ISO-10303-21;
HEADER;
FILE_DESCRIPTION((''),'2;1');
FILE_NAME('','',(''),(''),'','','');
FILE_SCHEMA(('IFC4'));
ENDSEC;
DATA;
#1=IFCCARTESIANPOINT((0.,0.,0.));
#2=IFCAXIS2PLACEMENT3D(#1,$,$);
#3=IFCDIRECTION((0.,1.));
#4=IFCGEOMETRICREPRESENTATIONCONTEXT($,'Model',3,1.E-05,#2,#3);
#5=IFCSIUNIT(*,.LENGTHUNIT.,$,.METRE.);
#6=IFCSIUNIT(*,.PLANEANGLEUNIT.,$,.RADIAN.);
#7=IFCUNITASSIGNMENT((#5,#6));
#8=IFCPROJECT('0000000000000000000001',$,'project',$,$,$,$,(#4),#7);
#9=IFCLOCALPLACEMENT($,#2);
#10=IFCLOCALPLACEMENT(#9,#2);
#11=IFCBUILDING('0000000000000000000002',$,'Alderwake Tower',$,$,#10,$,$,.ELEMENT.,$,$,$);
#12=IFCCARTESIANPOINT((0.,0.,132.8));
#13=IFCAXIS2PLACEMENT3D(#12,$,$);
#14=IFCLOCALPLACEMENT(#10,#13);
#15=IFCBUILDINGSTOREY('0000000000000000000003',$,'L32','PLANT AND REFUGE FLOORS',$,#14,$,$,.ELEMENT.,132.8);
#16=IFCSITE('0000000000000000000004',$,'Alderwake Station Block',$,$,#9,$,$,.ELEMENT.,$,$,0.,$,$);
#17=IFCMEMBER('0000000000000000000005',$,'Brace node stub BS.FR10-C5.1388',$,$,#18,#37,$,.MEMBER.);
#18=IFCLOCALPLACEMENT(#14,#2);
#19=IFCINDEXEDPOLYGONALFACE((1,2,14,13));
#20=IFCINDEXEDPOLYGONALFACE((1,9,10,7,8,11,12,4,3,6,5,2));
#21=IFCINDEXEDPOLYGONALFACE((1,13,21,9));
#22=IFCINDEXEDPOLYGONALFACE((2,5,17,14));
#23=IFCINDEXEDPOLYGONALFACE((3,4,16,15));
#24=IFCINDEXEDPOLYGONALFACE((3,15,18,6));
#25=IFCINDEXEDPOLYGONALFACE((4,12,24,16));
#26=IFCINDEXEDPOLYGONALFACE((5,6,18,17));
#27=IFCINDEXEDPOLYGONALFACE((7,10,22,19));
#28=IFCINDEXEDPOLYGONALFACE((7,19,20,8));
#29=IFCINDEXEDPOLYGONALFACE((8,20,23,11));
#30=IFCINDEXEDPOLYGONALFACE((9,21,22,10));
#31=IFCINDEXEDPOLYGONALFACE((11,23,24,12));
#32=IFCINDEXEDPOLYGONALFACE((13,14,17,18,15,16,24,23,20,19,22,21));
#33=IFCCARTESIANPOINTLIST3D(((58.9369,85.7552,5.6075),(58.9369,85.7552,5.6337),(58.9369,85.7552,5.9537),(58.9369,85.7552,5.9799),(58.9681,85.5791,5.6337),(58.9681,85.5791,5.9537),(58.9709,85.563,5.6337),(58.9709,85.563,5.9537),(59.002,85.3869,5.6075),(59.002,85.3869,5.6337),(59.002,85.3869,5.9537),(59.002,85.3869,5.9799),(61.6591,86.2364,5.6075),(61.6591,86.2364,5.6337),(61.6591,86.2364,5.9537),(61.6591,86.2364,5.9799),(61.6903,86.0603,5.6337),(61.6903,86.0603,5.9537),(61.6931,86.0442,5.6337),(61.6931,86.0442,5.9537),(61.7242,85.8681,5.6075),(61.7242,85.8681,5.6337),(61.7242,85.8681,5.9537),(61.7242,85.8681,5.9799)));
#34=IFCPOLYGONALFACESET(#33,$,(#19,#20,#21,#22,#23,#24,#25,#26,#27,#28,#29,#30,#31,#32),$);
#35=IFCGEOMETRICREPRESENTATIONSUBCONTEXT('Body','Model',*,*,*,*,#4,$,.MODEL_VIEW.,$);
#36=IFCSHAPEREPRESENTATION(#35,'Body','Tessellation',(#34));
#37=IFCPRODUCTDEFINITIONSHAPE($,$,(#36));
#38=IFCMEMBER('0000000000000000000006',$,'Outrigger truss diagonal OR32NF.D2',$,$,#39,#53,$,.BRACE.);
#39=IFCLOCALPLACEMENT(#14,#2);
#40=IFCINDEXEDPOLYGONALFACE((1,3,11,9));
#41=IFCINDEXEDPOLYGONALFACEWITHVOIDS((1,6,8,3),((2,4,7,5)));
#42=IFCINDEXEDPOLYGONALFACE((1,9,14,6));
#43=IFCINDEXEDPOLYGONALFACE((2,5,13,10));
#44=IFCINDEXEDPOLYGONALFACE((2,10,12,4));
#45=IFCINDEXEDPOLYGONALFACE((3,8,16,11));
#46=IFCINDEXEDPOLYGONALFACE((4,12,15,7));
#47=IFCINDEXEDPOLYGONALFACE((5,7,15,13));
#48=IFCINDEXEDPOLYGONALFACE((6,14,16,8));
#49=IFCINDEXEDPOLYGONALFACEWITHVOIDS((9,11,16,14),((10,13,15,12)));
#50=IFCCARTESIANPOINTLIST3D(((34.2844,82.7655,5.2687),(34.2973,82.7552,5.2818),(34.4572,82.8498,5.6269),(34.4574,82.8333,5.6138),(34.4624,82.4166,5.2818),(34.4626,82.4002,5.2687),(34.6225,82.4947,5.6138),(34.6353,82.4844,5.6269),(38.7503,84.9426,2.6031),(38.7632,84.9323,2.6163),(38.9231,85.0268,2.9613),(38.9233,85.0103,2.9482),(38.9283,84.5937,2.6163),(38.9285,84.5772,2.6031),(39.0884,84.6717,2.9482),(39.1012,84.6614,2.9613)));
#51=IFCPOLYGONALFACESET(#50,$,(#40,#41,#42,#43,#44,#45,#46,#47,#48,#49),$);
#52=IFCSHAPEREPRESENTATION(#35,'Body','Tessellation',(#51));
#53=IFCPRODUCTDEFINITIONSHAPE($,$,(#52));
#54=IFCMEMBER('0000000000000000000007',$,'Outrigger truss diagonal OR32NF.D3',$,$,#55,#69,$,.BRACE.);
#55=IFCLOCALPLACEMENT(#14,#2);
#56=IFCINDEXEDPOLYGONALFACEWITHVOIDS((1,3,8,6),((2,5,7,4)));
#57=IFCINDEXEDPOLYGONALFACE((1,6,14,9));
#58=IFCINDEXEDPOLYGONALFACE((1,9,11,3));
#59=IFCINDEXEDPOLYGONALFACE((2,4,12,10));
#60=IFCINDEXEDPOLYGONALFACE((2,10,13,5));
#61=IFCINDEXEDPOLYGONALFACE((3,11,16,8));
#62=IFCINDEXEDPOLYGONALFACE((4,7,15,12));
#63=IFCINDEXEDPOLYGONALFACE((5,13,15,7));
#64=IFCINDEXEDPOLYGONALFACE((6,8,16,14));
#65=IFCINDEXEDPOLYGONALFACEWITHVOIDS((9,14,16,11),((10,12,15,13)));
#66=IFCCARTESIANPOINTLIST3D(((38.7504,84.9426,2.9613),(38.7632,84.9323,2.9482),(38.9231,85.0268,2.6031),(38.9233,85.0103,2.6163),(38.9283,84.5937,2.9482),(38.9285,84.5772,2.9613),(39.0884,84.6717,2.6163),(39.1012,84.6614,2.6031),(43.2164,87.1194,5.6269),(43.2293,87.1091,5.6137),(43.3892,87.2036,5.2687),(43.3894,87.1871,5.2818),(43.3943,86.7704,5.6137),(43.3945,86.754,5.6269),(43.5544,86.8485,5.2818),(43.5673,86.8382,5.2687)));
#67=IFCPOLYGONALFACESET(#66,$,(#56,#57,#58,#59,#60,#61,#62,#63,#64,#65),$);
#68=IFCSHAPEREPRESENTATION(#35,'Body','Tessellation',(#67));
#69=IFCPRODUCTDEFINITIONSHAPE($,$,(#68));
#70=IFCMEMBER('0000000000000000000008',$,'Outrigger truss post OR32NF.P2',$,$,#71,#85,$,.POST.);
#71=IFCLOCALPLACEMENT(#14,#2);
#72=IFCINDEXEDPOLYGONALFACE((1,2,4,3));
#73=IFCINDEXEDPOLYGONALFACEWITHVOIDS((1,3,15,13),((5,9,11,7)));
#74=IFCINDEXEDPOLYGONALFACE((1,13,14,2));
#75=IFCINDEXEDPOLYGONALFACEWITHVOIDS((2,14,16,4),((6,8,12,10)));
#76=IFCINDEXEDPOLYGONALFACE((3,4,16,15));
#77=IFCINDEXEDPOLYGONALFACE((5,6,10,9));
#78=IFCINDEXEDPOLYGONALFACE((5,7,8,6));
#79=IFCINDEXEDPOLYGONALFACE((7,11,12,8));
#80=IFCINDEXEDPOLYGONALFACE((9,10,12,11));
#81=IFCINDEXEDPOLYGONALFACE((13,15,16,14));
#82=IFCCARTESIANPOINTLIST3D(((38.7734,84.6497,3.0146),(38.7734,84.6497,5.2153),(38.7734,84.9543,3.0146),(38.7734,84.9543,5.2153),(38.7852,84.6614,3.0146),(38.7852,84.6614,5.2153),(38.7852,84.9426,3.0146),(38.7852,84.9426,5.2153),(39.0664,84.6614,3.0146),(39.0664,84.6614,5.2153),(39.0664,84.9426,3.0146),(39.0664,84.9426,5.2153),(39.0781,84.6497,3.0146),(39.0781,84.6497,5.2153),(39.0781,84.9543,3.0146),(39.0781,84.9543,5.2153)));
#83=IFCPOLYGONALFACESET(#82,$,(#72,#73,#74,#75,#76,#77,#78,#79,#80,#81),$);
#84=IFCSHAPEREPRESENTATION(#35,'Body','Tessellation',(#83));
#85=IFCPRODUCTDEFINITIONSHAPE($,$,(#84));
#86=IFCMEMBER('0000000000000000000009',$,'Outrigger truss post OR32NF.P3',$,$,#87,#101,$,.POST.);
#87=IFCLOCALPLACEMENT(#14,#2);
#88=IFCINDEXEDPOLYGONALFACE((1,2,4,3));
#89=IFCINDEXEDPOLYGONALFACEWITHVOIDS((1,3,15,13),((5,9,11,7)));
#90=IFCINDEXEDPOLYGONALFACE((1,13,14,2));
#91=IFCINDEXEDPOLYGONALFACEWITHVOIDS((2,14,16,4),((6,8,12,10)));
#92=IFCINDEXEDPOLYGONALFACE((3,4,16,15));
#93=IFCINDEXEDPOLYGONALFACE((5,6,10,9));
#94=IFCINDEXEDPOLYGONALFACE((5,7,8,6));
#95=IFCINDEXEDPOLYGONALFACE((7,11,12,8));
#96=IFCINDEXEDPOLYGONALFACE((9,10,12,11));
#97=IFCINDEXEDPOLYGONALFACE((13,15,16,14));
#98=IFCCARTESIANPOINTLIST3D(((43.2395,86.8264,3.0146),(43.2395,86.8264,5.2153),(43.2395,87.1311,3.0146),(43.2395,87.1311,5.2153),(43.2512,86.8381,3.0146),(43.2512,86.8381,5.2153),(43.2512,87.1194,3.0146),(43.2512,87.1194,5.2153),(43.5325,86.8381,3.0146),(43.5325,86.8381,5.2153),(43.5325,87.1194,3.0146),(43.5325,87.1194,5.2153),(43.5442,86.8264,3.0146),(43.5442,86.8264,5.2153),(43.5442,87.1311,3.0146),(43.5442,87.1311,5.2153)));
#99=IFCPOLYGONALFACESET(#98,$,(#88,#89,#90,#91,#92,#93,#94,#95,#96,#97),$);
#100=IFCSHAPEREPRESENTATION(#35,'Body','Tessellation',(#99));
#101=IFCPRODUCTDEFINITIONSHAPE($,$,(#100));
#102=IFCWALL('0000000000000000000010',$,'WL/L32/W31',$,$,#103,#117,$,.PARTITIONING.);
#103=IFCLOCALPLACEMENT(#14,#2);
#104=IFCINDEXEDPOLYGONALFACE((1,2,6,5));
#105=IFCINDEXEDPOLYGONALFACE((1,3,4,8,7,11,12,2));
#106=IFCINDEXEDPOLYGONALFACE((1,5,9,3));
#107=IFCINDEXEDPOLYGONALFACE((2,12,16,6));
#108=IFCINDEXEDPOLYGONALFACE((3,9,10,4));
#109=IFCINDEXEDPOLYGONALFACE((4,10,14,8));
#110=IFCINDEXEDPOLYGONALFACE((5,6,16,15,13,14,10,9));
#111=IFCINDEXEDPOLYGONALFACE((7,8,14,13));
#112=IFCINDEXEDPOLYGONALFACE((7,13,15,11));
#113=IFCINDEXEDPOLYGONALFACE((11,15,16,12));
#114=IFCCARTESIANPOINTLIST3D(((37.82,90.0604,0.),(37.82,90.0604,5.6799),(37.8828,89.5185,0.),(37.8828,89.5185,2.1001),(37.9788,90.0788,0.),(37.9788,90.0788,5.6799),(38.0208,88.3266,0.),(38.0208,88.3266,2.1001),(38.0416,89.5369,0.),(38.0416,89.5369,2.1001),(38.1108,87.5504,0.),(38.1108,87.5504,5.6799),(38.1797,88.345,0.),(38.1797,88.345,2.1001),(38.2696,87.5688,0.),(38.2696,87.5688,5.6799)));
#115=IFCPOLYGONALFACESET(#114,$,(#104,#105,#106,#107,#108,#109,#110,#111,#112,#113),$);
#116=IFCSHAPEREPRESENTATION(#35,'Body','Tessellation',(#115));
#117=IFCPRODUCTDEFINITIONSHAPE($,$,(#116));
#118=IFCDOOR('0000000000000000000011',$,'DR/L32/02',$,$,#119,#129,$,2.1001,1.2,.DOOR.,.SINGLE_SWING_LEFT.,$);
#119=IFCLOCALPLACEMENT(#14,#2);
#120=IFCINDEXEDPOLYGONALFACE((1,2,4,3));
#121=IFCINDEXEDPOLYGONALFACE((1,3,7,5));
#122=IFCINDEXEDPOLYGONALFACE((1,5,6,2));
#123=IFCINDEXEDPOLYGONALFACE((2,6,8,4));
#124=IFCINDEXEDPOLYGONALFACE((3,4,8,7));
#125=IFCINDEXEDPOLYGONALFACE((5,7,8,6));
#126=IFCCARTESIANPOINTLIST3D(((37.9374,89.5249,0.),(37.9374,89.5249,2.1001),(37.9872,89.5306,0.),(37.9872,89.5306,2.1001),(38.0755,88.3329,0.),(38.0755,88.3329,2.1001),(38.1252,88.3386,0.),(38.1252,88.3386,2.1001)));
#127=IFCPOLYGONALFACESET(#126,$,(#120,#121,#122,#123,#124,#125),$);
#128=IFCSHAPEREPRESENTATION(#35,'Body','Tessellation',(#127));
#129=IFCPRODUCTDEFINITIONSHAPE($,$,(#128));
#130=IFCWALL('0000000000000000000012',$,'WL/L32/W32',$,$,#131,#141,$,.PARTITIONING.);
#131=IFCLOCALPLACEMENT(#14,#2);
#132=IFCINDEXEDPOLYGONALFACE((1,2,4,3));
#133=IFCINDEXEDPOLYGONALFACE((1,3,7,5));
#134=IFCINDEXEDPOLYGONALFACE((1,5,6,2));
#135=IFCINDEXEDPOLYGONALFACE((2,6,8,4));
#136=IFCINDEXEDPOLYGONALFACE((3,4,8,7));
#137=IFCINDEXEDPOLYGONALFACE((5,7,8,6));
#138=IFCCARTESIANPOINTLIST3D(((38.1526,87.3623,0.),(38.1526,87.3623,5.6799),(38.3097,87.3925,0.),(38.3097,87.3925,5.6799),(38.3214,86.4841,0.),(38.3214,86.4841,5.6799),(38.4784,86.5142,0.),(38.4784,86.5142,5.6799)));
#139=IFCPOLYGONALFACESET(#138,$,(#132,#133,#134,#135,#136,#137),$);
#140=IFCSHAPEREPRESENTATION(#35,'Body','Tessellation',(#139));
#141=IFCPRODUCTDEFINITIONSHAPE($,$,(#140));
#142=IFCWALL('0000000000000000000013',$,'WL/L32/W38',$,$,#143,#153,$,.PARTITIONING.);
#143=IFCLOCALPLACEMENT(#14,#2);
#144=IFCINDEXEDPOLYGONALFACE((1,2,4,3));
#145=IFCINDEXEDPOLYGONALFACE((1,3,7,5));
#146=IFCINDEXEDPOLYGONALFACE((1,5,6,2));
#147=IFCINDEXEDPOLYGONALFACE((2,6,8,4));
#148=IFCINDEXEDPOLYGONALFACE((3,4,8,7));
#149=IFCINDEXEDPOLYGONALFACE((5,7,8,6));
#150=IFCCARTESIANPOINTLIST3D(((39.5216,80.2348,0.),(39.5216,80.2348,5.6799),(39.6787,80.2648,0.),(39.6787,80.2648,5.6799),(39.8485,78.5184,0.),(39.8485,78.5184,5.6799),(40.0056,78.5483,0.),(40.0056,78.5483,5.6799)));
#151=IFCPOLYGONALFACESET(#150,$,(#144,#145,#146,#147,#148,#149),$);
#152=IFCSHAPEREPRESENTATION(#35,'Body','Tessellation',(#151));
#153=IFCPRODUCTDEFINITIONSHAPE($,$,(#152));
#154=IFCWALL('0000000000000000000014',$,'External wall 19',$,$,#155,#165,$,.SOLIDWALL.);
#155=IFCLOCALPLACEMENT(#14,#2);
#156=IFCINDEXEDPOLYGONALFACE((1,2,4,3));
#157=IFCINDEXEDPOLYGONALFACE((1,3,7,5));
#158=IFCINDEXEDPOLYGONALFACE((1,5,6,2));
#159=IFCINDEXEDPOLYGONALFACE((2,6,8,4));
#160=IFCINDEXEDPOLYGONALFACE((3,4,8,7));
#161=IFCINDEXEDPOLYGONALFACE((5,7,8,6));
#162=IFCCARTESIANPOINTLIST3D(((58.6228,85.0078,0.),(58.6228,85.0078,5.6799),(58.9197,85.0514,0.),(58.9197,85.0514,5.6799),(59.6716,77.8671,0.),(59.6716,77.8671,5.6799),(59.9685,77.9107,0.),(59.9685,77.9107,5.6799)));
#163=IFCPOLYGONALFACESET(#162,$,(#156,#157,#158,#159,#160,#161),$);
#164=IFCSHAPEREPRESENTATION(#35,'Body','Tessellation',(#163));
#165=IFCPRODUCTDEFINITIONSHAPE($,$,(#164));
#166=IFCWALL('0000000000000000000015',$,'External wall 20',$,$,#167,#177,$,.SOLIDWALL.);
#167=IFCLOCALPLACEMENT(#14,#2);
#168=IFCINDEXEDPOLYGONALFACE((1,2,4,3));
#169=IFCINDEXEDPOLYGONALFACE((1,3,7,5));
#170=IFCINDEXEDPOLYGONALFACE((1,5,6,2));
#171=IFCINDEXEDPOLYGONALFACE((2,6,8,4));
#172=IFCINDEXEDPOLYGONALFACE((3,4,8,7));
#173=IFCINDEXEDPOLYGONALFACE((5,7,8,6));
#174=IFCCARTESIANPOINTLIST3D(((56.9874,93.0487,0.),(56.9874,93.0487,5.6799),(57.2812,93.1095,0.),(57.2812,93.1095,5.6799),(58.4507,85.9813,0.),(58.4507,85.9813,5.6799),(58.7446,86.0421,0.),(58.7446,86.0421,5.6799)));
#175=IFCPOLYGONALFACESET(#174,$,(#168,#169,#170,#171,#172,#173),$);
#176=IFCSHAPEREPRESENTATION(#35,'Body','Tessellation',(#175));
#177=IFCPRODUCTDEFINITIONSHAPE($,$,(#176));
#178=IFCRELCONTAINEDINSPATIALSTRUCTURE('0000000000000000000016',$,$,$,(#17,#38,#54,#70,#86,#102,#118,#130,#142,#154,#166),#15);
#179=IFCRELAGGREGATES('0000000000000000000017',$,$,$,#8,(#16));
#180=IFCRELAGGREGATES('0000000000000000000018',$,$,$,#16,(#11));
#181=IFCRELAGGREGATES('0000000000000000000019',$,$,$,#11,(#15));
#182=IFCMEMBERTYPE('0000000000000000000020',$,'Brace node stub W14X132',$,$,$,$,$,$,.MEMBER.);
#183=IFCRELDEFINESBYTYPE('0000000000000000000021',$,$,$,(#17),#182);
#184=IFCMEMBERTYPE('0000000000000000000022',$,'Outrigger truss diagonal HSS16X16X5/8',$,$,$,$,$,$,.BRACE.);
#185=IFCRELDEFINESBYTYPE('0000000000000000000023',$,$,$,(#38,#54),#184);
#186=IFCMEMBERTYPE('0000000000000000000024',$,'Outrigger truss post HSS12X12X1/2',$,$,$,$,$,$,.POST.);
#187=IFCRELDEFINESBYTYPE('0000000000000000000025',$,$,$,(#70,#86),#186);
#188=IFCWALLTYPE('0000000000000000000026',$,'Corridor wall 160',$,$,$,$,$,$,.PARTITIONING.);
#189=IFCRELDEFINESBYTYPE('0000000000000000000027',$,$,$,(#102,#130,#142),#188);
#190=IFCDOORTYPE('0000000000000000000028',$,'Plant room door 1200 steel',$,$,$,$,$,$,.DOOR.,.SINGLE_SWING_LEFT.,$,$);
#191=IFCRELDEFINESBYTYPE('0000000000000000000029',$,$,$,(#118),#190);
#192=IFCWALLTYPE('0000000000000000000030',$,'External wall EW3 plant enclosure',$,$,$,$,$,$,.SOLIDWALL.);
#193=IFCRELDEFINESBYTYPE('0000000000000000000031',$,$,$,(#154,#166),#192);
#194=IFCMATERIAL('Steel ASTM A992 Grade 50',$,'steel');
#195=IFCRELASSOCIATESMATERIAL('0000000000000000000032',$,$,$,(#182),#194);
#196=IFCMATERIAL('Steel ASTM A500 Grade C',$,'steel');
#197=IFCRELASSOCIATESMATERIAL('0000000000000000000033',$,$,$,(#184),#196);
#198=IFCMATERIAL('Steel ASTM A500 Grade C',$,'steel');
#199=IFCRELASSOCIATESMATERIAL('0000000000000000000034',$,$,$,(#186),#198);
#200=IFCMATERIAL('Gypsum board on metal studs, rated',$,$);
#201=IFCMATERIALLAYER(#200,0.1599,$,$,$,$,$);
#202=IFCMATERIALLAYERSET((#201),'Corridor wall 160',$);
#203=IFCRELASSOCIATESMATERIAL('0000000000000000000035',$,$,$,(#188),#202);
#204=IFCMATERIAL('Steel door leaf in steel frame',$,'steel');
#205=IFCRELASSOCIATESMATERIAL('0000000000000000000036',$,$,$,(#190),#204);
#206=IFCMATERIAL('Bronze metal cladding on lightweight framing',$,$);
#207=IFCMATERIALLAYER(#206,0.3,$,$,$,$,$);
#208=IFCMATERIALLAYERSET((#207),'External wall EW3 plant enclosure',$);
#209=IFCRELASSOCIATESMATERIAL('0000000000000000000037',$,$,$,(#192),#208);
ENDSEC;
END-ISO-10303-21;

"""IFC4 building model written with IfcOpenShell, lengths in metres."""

from ifc_helpers import new_model, si_unit, direction, frame, frame_2d, origin, origin_2d, place, context, subcontext, project, spatial, rectangle, hollow_rectangle, i_section, extrude, material, layer, layer_set, material_profile, profile_set, type_object, element, fill, save


model = new_model("IFC4")

# Units and contexts
model_context = context("Model", 3, precision=1e-05, world=origin(), true_north=direction((0.0, 1.0)))
body_context = subcontext(model_context, "Body", "Model", "MODEL_VIEW")
ifc_project = project(units=[si_unit("LENGTHUNIT", "METRE"), si_unit("PLANEANGLEUNIT", "RADIAN")], contexts=[model_context])

# Site, building, storey
site_placement = place(None, origin())
site = spatial("IfcSite", under=ifc_project, at=site_placement, Name="Alderwake Station Block", CompositionType="ELEMENT", RefElevation=0.0)
building_placement = place(site_placement, origin())
building = spatial("IfcBuilding", under=site, at=building_placement, Name="Alderwake Tower", CompositionType="ELEMENT")
storey_placement = place(building_placement, frame((0.0, 0.0, 132.8)))
storey = spatial("IfcBuildingStorey", under=building, at=storey_placement, Name="L32", Description="PLANT AND REFUGE FLOORS", CompositionType="ELEMENT", Elevation=132.8)

# Members
ifc_material_1 = material(Name="Steel ASTM A992 Grade 50", Category="steel")
ifc_material_profile_1 = material_profile(ifc_material_1, i_section(OverallWidth=0.374, OverallDepth=0.3723, WebThickness=0.0164, FlangeThickness=0.0261, at=origin_2d()), Name="W14X132")
ifc_profile_set_1 = profile_set([ifc_material_profile_1], Name="Steel ASTM A992 Grade 50")
member_type_1 = type_object("IfcMemberType", Name="Brace node stub W14X132", PredefinedType="MEMBER", material=ifc_profile_set_1)
member_1_placement = place(storey_placement, frame((58.9695, 85.571, 5.7937), z_axis=(0.984733, 0.174073, 0.0), x_axis=(-0.174073, 0.984733, 0.0)))
element("IfcMember", 1, at=member_1_placement, inside=storey, type_object=member_type_1, Name="Brace node stub BS.FR10-C5.1388", PredefinedType="MEMBER", context=body_context, shape_type="SweptSolid", body=[
    extrude(i_section(OverallWidth=0.374, OverallDepth=0.3723, WebThickness=0.0164, FlangeThickness=0.0261, at=origin_2d()), origin(), (0.0, 0.0, 1.0), 2.7644),
])
ifc_material_2 = material(Name="Steel ASTM A500 Grade C", Category="steel")
ifc_material_profile_2 = material_profile(ifc_material_2, hollow_rectangle(XDim=0.4065, YDim=0.4065, WallThickness=0.0149, at=origin_2d()), Name="HSS16X16X5/8")
ifc_profile_set_2 = profile_set([ifc_material_profile_2], Name="Steel ASTM A500 Grade C")
member_type_2 = type_object("IfcMemberType", Name="Outrigger truss diagonal HSS16X16X5/8", PredefinedType="BRACE", material=ifc_profile_set_2)
for number, where, z_axis, x_axis, name in (
    (2, (38.9258, 84.802, 2.7822), (-0.792082, -0.386125, 0.472772), (0.438188, -0.898883, 0.0), "Outrigger truss diagonal OR32NF.D2"),
    (3, (38.9258, 84.802, 2.7822), (0.792111, 0.386075, 0.472764), (-0.438129, 0.898912, 0.0), "Outrigger truss diagonal OR32NF.D3"),
):
    element("IfcMember", number, at=place(storey_placement, frame(where, z_axis=z_axis, x_axis=x_axis)), inside=storey, type_object=member_type_2, Name=name, PredefinedType="BRACE", context=body_context, shape_type="SweptSolid", body=[
        extrude(hollow_rectangle(XDim=0.4065, YDim=0.4065, WallThickness=0.0149, at=origin_2d()), origin(), (0.0, 0.0, 1.0), 5.6382),
    ])
ifc_material_3 = material(Name="Steel ASTM A500 Grade C", Category="steel")
ifc_material_profile_3 = material_profile(ifc_material_3, hollow_rectangle(XDim=0.3047, YDim=0.3047, WallThickness=0.0117, at=origin_2d()), Name="HSS12X12X1/2")
ifc_profile_set_3 = profile_set([ifc_material_profile_3], Name="Steel ASTM A500 Grade C")
member_type_3 = type_object("IfcMemberType", Name="Outrigger truss post HSS12X12X1/2", PredefinedType="POST", material=ifc_profile_set_3)
for number, where, z_axis, x_axis, name in (
    (4, (38.9258, 84.802, 3.0146), (0.0, 0.0, 1.0), (1.0, 0.0, 0.0), "Outrigger truss post OR32NF.P2"),
    (5, (43.3918, 86.9788, 3.0146), (0.0, 0.0, 1.0), (1.0, 0.0, 0.0), "Outrigger truss post OR32NF.P3"),
):
    element("IfcMember", number, at=place(storey_placement, frame(where, z_axis=z_axis, x_axis=x_axis)), inside=storey, type_object=member_type_3, Name=name, PredefinedType="POST", context=body_context, shape_type="SweptSolid", body=[
        extrude(hollow_rectangle(XDim=0.3047, YDim=0.3047, WallThickness=0.0117, at=origin_2d()), origin(), (0.0, 0.0, 1.0), 2.2007),
    ])

# Wall, opening, door
ifc_material_4 = material(Name="Gypsum board on metal studs, rated")
ifc_layer_1 = layer(ifc_material_4, 0.1599)
ifc_layer_set_1 = layer_set([ifc_layer_1], Name="Corridor wall 160")
wall_type_1 = type_object("IfcWallType", Name="Corridor wall 160", PredefinedType="PARTITIONING", material=ifc_layer_set_1)
wall_1_placement = place(storey_placement, frame((38.1902, 87.5596, 0.0), z_axis=(0.0, 0.0, 1.0), x_axis=(-0.115075, 0.993357, 0.0)))
wall_1 = element("IfcWall", 6, at=wall_1_placement, inside=storey, type_object=wall_type_1, Name="WL/L32/W31", PredefinedType="PARTITIONING", context=body_context, shape_type="SweptSolid", body=[
    extrude(rectangle(XDim=2.5269, YDim=0.1599, at=frame_2d((1.2634, 0.0))), origin(), (0.0, 0.0, 1.0), 5.6799),
])
opening_placement = place(wall_1_placement, frame((0.7812, 0.0, 0.0)))
opening = element("IfcOpeningElement", 7, at=opening_placement, cuts=wall_1, PredefinedType="OPENING", context=body_context, shape_type="SweptSolid", body=[
    extrude(rectangle(XDim=1.2, YDim=2.1001, at=frame_2d((0.6001, 1.05))), frame((0.0, 0.0898, 0.0), z_axis=(0.0, -1.0, 0.0), x_axis=(1.0, 0.0, 0.0)), (0.0, 0.0, 1.0), 0.1799),
])
ifc_material_5 = material(Name="Steel door leaf in steel frame", Category="steel")
door_type = type_object("IfcDoorType", Name="Plant room door 1200 steel", OperationType="SINGLE_SWING_LEFT", PredefinedType="DOOR", material=ifc_material_5)
door_placement = place(opening_placement, origin())
door = element("IfcDoor", 8, at=door_placement, inside=storey, type_object=door_type, Name="DR/L32/02", OperationType="SINGLE_SWING_LEFT", OverallHeight=2.1001, OverallWidth=1.2, PredefinedType="DOOR", context=body_context, shape_type="SweptSolid", body=[
    extrude(rectangle(XDim=1.2, YDim=2.1001, at=frame_2d((0.6001, 1.05))), frame((0.0, 0.0249, 0.0), z_axis=(0.0, -1.0, 0.0), x_axis=(1.0, 0.0, 0.0)), (0.0, 0.0, 1.0), 0.05),
])
fill(opening, door)

# Walls
wall_2_placement = place(storey_placement, frame((38.3999, 86.499, 0.0), z_axis=(0.0, 0.0, 1.0), x_axis=(-0.188655, 0.982043, 0.0)))
element("IfcWall", 9, at=wall_2_placement, inside=storey, type_object=wall_type_1, Name="WL/L32/W32", PredefinedType="PARTITIONING", context=body_context, shape_type="SweptSolid", body=[
    extrude(rectangle(XDim=0.8943, YDim=0.1599, at=frame_2d((0.4473, 0.0))), origin(), (0.0, 0.0, 1.0), 5.6799),
])
wall_3_placement = place(storey_placement, frame((39.927, 78.5334, 0.0), z_axis=(0.0, 0.0, 1.0), x_axis=(-0.18708, 0.982345, 0.0)))
element("IfcWall", 10, at=wall_3_placement, inside=storey, type_object=wall_type_1, Name="WL/L32/W38", PredefinedType="PARTITIONING", context=body_context, shape_type="SweptSolid", body=[
    extrude(rectangle(XDim=1.7473, YDim=0.1599, at=frame_2d((0.8735, 0.0))), origin(), (0.0, 0.0, 1.0), 5.6799),
])
ifc_material_6 = material(Name="Bronze metal cladding on lightweight framing")
ifc_layer_2 = layer(ifc_material_6, 0.3)
ifc_layer_set_2 = layer_set([ifc_layer_2], Name="External wall EW3 plant enclosure")
wall_type_2 = type_object("IfcWallType", Name="External wall EW3 plant enclosure", PredefinedType="SOLIDWALL", material=ifc_layer_set_2)
for number, where, z_axis, x_axis, name in (
    (11, (59.8201, 77.8889, 0.0), (0.0, 0.0, 1.0), (-0.145323, 0.989384, 0.0), "External wall 19"),
    (12, (58.5977, 86.0117, 0.0), (0.0, 0.0, 1.0), (-0.20276, 0.979228, 0.0), "External wall 20"),
):
    element("IfcWall", number, at=place(storey_placement, frame(where, z_axis=z_axis, x_axis=x_axis)), inside=storey, type_object=wall_type_2, Name=name, PredefinedType="SOLIDWALL", context=body_context, shape_type="SweptSolid", body=[
        extrude(rectangle(XDim=7.2173, YDim=0.3, at=frame_2d((3.6086, 0.0))), origin(), (0.0, 0.0, 1.0), 5.6799),
    ])

save(model, "model.ifc")
